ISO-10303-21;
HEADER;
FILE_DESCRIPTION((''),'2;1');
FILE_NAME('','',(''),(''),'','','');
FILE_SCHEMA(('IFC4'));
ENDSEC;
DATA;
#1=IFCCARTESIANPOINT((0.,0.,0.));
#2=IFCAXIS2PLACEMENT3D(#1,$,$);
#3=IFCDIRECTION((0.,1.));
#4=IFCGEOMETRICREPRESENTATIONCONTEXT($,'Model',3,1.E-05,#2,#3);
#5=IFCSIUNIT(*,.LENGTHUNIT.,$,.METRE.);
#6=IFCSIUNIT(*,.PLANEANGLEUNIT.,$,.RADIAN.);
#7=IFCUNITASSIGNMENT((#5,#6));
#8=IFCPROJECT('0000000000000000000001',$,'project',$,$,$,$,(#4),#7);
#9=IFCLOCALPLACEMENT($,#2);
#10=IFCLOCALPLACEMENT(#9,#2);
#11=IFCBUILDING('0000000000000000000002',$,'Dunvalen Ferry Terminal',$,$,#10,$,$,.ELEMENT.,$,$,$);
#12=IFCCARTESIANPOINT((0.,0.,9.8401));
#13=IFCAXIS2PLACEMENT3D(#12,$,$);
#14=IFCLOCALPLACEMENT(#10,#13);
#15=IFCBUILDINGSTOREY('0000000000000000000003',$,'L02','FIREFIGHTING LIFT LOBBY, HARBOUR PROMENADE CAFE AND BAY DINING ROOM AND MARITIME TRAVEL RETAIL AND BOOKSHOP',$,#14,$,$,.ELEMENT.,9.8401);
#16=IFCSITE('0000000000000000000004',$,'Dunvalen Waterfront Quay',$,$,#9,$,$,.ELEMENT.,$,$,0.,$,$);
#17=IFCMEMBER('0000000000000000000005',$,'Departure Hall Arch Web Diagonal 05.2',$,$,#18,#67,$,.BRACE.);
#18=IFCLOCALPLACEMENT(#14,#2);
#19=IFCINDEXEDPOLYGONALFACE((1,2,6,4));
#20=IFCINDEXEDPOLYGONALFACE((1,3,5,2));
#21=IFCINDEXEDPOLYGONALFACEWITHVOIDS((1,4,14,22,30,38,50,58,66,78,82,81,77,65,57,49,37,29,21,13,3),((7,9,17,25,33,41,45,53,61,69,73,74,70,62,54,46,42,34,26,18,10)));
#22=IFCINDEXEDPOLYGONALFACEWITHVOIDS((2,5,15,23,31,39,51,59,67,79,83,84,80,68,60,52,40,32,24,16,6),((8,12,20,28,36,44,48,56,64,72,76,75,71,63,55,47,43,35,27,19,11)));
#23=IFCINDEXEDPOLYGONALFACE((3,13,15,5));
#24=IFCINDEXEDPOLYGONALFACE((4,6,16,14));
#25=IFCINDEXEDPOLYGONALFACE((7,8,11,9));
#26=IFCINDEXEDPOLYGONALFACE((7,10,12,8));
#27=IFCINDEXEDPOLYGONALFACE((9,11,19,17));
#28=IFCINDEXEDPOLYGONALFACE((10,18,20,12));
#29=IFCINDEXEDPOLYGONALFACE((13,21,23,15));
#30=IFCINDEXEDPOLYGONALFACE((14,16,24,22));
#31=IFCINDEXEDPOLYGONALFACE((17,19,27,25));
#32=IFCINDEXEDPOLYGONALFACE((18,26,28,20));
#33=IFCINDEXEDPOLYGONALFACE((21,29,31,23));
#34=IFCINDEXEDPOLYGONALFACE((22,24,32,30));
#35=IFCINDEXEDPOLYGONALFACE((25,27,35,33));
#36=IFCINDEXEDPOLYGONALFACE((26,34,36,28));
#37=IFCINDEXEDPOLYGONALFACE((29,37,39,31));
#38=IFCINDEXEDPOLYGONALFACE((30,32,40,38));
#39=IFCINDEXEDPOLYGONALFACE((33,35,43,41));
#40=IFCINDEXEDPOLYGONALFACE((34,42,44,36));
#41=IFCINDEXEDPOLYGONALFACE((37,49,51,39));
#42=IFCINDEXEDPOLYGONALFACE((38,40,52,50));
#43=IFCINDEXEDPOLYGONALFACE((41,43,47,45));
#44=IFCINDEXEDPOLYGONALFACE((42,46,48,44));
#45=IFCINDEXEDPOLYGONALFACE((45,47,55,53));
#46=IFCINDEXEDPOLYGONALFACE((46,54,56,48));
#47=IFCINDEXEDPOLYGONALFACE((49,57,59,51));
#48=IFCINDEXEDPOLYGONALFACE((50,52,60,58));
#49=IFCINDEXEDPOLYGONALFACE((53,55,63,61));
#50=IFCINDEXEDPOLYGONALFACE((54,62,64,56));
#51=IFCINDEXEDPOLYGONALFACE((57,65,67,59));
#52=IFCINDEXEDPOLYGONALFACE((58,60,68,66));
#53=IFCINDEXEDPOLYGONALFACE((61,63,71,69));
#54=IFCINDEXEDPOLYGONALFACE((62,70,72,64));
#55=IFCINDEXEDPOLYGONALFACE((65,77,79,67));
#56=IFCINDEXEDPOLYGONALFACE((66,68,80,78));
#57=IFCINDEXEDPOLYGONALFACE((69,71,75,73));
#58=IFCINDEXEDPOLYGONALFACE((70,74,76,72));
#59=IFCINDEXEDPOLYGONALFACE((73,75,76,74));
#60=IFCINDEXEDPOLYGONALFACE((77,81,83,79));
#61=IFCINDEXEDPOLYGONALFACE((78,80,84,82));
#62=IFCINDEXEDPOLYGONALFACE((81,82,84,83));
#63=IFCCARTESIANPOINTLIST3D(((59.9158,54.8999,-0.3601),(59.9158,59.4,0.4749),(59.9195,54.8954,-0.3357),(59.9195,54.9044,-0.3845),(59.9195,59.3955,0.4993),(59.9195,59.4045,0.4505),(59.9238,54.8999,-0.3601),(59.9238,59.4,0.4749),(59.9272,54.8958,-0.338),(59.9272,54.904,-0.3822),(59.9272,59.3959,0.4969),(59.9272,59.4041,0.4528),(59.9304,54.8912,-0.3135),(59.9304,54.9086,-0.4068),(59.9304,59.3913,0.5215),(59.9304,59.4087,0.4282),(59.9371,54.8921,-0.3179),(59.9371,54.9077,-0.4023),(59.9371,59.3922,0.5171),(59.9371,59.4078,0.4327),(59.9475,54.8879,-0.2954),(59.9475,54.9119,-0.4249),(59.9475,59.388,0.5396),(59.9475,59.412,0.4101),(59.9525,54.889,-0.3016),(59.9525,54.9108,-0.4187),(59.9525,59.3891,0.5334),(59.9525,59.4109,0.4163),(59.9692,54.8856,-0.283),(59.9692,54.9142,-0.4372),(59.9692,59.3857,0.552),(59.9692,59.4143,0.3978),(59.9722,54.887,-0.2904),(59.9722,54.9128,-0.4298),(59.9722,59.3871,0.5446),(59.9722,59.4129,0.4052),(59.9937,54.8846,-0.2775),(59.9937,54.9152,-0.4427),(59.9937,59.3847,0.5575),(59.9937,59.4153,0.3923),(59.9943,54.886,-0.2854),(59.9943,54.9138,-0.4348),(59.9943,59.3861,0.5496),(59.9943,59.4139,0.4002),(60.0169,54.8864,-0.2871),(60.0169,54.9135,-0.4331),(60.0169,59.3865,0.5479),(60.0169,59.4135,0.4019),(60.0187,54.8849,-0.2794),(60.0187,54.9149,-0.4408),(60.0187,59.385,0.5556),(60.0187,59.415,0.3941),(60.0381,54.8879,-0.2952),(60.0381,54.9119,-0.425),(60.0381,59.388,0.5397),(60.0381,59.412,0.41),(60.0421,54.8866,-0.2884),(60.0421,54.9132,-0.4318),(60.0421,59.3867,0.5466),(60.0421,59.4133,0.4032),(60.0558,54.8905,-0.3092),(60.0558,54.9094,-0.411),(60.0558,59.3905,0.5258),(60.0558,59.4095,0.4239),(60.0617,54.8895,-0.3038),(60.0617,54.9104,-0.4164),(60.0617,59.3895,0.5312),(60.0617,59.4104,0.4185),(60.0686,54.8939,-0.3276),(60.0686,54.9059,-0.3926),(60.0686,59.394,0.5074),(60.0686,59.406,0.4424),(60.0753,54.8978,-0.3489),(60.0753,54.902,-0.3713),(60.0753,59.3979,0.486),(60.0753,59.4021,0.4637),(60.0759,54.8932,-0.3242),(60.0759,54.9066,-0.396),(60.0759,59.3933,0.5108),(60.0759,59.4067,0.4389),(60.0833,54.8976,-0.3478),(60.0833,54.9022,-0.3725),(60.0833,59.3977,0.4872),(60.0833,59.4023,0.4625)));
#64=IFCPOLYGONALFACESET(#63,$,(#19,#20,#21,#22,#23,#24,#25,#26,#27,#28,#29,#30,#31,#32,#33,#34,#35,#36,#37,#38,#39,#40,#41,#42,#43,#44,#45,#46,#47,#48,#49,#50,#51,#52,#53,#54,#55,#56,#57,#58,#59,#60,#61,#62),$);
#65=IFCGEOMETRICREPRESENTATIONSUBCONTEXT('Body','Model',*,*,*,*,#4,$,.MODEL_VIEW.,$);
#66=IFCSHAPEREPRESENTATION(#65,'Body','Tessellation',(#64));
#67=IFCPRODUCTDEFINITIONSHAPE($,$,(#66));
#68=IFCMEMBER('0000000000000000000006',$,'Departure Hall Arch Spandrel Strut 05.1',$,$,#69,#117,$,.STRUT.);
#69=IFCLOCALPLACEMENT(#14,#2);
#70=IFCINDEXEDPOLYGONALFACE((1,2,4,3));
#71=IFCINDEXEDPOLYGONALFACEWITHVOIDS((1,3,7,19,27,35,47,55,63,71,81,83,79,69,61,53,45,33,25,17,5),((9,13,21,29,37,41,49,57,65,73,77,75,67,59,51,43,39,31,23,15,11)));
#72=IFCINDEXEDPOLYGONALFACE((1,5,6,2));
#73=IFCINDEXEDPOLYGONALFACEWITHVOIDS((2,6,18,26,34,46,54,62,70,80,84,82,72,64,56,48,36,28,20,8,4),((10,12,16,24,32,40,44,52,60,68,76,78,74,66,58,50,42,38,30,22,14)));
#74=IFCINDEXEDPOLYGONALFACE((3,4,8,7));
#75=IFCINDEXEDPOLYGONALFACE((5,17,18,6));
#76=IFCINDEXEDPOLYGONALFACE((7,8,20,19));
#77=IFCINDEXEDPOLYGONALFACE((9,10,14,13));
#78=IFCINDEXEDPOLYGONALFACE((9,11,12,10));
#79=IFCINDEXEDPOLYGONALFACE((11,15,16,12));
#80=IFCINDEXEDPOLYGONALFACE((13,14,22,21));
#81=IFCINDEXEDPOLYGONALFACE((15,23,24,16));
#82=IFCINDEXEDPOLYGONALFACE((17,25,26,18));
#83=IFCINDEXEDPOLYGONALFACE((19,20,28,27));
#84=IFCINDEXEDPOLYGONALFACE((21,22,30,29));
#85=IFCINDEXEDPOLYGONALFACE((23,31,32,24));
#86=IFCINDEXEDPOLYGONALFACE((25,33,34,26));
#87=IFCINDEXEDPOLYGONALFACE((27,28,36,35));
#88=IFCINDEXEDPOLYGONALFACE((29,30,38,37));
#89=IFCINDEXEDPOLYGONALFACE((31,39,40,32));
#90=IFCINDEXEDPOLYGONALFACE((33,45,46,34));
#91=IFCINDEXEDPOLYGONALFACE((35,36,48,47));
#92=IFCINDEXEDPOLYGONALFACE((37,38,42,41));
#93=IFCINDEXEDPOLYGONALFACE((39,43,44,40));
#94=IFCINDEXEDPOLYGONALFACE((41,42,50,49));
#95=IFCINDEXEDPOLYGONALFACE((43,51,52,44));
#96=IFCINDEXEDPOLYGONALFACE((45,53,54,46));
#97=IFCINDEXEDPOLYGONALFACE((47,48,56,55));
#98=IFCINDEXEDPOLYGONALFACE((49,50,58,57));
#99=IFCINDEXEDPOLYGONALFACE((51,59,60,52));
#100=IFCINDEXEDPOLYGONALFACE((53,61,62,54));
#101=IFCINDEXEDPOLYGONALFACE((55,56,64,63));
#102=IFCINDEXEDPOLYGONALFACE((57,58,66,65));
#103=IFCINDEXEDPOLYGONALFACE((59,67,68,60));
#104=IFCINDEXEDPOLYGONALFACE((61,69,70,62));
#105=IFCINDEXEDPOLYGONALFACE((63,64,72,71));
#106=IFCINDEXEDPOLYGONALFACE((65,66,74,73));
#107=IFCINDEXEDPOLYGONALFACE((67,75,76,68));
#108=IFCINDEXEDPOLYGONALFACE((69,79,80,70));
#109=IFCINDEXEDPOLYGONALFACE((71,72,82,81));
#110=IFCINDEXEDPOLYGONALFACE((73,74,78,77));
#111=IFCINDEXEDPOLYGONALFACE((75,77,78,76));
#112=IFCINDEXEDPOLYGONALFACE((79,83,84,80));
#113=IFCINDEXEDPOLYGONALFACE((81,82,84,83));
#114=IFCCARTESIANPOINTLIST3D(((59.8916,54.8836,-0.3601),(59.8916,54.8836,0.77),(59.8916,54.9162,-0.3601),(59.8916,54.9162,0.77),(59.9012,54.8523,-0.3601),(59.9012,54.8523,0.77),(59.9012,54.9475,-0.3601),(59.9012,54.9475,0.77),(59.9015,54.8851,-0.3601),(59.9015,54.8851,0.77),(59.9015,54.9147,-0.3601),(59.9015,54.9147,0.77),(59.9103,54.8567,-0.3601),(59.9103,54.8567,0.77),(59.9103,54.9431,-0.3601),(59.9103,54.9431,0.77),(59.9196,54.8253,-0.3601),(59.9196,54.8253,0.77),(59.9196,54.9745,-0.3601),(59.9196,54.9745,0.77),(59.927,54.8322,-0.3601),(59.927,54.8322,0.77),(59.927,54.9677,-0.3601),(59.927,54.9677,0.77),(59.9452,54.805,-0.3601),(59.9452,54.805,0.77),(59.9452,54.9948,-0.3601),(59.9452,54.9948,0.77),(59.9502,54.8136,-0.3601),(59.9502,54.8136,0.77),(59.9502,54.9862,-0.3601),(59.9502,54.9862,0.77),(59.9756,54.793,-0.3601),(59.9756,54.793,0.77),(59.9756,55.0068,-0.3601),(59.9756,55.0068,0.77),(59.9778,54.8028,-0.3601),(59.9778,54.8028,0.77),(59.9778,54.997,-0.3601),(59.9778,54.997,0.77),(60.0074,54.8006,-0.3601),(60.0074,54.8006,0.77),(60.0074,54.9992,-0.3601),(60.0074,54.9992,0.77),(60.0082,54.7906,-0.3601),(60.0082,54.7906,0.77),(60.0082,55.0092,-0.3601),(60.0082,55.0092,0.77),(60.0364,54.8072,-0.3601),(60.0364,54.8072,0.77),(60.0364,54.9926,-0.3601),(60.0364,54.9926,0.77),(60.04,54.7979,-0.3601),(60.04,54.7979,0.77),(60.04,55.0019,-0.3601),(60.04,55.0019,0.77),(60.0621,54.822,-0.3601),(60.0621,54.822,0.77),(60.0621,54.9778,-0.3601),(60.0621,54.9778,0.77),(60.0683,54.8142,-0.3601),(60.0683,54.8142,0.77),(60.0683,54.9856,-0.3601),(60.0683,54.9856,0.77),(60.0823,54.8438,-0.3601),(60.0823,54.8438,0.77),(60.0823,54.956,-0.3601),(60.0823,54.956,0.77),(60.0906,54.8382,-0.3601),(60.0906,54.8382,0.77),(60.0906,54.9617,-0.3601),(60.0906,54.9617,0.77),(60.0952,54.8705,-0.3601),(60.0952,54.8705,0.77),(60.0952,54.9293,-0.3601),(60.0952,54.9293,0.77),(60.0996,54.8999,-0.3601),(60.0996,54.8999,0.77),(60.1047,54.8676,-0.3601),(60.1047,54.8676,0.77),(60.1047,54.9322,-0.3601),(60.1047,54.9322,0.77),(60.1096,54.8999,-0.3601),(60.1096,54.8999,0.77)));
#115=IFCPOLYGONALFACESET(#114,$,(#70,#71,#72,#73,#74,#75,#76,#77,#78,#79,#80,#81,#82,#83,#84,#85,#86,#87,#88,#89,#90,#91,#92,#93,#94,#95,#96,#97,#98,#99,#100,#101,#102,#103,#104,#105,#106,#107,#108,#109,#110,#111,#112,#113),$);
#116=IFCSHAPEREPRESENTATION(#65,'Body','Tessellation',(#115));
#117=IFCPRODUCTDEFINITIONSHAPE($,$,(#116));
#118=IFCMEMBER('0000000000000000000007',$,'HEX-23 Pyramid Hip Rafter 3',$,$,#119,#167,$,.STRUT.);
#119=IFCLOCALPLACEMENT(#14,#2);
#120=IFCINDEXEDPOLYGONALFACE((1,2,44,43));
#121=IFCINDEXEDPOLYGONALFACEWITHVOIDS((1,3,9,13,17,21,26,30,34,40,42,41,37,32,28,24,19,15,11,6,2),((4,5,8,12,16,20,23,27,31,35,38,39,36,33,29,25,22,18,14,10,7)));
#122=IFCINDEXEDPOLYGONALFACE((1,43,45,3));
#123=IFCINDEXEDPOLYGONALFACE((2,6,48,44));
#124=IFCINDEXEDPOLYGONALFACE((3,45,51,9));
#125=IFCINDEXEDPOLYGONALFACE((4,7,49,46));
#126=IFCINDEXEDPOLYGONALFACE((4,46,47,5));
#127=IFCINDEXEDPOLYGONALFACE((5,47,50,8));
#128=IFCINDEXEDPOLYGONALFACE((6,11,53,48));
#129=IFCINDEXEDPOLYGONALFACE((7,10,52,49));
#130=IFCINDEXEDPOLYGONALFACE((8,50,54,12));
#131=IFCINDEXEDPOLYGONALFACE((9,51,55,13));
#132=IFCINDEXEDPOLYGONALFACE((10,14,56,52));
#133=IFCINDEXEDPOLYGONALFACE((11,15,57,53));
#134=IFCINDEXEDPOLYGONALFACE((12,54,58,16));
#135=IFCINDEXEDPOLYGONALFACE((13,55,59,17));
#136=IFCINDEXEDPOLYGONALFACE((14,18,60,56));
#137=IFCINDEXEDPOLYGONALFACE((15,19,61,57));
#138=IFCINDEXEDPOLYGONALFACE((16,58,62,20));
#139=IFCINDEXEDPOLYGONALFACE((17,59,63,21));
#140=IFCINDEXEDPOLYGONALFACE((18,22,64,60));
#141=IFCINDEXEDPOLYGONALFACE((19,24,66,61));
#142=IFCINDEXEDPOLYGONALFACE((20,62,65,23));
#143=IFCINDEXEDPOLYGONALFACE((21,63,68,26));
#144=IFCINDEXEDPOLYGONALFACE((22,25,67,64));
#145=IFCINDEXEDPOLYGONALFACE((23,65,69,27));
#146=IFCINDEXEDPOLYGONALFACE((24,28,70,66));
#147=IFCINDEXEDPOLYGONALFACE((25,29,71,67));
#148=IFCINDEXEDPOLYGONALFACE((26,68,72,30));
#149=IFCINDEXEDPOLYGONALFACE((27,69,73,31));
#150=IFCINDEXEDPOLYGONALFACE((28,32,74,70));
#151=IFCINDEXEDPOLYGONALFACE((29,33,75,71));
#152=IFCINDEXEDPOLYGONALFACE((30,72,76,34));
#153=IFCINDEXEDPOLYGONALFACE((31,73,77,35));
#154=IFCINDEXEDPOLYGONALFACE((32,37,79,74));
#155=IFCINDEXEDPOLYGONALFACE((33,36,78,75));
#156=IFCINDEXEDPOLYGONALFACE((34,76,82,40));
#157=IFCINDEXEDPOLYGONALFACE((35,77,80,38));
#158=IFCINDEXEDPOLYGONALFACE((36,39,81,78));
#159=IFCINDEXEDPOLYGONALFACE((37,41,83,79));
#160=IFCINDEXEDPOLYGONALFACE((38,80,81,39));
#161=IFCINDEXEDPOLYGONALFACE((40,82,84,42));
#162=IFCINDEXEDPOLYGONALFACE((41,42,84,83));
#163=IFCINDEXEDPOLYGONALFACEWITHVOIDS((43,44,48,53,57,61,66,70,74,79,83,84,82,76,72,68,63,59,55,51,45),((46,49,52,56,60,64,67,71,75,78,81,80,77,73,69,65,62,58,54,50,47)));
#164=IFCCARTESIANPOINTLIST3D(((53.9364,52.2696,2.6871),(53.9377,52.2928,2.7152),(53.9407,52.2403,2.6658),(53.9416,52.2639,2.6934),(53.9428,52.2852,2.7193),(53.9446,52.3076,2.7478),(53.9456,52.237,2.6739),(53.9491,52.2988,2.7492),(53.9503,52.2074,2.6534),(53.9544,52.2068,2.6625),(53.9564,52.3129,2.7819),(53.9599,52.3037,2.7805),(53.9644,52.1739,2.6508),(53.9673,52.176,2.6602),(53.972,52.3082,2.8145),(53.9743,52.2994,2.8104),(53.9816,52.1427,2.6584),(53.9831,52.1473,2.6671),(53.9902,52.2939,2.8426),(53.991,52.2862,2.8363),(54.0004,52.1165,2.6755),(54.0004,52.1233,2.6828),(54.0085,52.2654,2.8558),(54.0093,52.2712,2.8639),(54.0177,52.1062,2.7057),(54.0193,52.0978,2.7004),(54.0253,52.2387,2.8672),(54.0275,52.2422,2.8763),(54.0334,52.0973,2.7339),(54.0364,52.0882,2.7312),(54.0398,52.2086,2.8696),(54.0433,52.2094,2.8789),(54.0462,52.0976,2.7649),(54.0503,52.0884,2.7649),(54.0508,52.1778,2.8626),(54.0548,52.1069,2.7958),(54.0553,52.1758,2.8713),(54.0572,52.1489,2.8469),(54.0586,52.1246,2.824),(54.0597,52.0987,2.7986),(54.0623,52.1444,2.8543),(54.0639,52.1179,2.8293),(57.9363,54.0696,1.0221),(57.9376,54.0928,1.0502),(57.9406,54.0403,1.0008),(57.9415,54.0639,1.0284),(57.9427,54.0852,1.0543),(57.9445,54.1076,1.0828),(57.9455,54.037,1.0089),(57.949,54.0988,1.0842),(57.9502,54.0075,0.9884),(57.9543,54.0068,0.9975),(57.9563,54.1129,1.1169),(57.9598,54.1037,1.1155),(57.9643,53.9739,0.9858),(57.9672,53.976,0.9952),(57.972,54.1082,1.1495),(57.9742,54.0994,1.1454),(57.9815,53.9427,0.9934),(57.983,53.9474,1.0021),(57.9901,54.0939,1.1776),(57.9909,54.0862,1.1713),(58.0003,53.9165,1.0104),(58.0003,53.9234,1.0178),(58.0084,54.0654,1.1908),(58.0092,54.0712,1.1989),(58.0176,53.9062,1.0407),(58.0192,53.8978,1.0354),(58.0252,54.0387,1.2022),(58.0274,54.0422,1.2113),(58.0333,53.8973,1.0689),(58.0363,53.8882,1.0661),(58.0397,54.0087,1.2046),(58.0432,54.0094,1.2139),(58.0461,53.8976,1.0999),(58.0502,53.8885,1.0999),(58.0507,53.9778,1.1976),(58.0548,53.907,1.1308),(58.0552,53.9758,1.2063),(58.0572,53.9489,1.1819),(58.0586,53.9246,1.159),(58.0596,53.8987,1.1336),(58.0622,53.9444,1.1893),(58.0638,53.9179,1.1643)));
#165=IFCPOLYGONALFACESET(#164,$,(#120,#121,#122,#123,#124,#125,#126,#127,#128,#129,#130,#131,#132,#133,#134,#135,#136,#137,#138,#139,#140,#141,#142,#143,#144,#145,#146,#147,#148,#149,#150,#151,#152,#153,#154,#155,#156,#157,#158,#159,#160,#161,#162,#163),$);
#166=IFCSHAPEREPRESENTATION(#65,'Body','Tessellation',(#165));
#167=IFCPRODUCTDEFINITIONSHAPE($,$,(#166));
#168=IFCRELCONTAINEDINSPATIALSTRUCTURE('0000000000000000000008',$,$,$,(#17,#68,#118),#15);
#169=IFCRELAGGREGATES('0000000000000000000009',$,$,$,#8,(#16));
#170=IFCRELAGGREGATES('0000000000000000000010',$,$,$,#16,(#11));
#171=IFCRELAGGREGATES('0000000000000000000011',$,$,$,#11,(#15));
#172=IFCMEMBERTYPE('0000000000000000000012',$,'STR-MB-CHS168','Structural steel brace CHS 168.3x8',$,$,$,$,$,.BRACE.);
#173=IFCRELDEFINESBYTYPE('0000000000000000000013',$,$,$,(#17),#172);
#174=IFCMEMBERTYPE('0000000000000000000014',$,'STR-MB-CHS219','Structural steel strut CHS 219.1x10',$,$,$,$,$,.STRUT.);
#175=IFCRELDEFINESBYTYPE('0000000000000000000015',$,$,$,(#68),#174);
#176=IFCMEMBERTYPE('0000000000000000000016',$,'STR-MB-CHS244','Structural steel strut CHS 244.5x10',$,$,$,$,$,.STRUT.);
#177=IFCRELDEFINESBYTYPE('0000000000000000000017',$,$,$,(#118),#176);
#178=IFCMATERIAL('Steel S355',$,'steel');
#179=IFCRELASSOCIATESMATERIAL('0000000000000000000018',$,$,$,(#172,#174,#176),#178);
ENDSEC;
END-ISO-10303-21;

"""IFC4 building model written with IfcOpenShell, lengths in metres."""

from ifc_helpers import new_model, si_unit, direction, frame, origin, origin_2d, place, context, subcontext, project, spatial, hollow_circle, extrude, material, material_profile, profile_set, type_object, element, save


model = new_model("IFC4")

# Units and contexts
model_context = context("Model", 3, precision=1e-05, world=origin(), true_north=direction((0.0, 1.0)))
body_context = subcontext(model_context, "Body", "Model", "MODEL_VIEW")
ifc_project = project(units=[si_unit("LENGTHUNIT", "METRE"), si_unit("PLANEANGLEUNIT", "RADIAN")], contexts=[model_context])

# Site, building, storey
site_placement = place(None, origin())
site = spatial("IfcSite", under=ifc_project, at=site_placement, Name="Dunvalen Waterfront Quay", CompositionType="ELEMENT", RefElevation=0.0)
building_placement = place(site_placement, origin())
building = spatial("IfcBuilding", under=site, at=building_placement, Name="Dunvalen Ferry Terminal", CompositionType="ELEMENT")
storey_placement = place(building_placement, frame((0.0, 0.0, 9.8401)))
storey = spatial("IfcBuildingStorey", under=building, at=storey_placement, Name="L02", Description="FIREFIGHTING LIFT LOBBY, HARBOUR PROMENADE CAFE AND BAY DINING ROOM AND MARITIME TRAVEL RETAIL AND BOOKSHOP", CompositionType="ELEMENT", Elevation=9.8401)

# Shared definitions
ifc_material_1 = material(Name="Steel S355", Category="steel")

# Members
ifc_material_profile_1 = material_profile(ifc_material_1, hollow_circle(Radius=0.0842, WallThickness=0.0081, at=origin_2d()), Name="Steel S355")
ifc_profile_set_1 = profile_set([ifc_material_profile_1], Name="Steel S355")
member_type_1 = type_object("IfcMemberType", Name="STR-MB-CHS168", Description="Structural steel brace CHS 168.3x8", PredefinedType="BRACE", material=ifc_profile_set_1)
member_1_placement = place(storey_placement, frame((60.0, 54.8999, -0.3601), z_axis=(0.0, 0.983218, 0.182433), x_axis=(-1.0, 0.0, 0.0)))
element("IfcMember", 1, at=member_1_placement, inside=storey, type_object=member_type_1, Name="Departure Hall Arch Web Diagonal 05.2", PredefinedType="BRACE", context=body_context, shape_type="SweptSolid", body=[
    extrude(hollow_circle(Radius=0.0842, WallThickness=0.0081, at=origin_2d()), origin(), (0.0, 0.0, 1.0), 4.5769),
])
ifc_material_profile_2 = material_profile(ifc_material_1, hollow_circle(Radius=0.1096, WallThickness=0.01, at=origin_2d()), Name="Steel S355")
ifc_profile_set_2 = profile_set([ifc_material_profile_2], Name="Steel S355")
member_type_2 = type_object("IfcMemberType", Name="STR-MB-CHS219", Description="Structural steel strut CHS 219.1x10", PredefinedType="STRUT", material=ifc_profile_set_2)
member_2_placement = place(storey_placement, frame((60.0, 54.8999, -0.3601), z_axis=(0.0, 0.0, 1.0), x_axis=(1.0, 0.0, 0.0)))
element("IfcMember", 2, at=member_2_placement, inside=storey, type_object=member_type_2, Name="Departure Hall Arch Spandrel Strut 05.1", PredefinedType="STRUT", context=body_context, shape_type="SweptSolid", body=[
    extrude(hollow_circle(Radius=0.1096, WallThickness=0.01, at=origin_2d()), origin(), (0.0, 0.0, 1.0), 1.1301),
])
ifc_material_profile_3 = material_profile(ifc_material_1, hollow_circle(Radius=0.1223, WallThickness=0.01, at=origin_2d()), Name="Steel S355")
ifc_profile_set_3 = profile_set([ifc_material_profile_3], Name="Steel S355")
member_type_3 = type_object("IfcMemberType", Name="STR-MB-CHS244", Description="Structural steel strut CHS 244.5x10", PredefinedType="STRUT", material=ifc_profile_set_3)
member_3_placement = place(storey_placement, frame((58.0, 54.0, 1.0999), z_axis=(-0.85256, -0.383662, 0.354886), x_axis=(0.410374, -0.911917, 0.0)))
element("IfcMember", 3, at=member_3_placement, inside=storey, type_object=member_type_3, Name="HEX-23 Pyramid Hip Rafter 3", PredefinedType="STRUT", context=body_context, shape_type="SweptSolid", body=[
    extrude(hollow_circle(Radius=0.1223, WallThickness=0.01, at=origin_2d()), origin(), (0.0, 0.0, 1.0), 4.6917),
])

save(model, "model.ifc")
